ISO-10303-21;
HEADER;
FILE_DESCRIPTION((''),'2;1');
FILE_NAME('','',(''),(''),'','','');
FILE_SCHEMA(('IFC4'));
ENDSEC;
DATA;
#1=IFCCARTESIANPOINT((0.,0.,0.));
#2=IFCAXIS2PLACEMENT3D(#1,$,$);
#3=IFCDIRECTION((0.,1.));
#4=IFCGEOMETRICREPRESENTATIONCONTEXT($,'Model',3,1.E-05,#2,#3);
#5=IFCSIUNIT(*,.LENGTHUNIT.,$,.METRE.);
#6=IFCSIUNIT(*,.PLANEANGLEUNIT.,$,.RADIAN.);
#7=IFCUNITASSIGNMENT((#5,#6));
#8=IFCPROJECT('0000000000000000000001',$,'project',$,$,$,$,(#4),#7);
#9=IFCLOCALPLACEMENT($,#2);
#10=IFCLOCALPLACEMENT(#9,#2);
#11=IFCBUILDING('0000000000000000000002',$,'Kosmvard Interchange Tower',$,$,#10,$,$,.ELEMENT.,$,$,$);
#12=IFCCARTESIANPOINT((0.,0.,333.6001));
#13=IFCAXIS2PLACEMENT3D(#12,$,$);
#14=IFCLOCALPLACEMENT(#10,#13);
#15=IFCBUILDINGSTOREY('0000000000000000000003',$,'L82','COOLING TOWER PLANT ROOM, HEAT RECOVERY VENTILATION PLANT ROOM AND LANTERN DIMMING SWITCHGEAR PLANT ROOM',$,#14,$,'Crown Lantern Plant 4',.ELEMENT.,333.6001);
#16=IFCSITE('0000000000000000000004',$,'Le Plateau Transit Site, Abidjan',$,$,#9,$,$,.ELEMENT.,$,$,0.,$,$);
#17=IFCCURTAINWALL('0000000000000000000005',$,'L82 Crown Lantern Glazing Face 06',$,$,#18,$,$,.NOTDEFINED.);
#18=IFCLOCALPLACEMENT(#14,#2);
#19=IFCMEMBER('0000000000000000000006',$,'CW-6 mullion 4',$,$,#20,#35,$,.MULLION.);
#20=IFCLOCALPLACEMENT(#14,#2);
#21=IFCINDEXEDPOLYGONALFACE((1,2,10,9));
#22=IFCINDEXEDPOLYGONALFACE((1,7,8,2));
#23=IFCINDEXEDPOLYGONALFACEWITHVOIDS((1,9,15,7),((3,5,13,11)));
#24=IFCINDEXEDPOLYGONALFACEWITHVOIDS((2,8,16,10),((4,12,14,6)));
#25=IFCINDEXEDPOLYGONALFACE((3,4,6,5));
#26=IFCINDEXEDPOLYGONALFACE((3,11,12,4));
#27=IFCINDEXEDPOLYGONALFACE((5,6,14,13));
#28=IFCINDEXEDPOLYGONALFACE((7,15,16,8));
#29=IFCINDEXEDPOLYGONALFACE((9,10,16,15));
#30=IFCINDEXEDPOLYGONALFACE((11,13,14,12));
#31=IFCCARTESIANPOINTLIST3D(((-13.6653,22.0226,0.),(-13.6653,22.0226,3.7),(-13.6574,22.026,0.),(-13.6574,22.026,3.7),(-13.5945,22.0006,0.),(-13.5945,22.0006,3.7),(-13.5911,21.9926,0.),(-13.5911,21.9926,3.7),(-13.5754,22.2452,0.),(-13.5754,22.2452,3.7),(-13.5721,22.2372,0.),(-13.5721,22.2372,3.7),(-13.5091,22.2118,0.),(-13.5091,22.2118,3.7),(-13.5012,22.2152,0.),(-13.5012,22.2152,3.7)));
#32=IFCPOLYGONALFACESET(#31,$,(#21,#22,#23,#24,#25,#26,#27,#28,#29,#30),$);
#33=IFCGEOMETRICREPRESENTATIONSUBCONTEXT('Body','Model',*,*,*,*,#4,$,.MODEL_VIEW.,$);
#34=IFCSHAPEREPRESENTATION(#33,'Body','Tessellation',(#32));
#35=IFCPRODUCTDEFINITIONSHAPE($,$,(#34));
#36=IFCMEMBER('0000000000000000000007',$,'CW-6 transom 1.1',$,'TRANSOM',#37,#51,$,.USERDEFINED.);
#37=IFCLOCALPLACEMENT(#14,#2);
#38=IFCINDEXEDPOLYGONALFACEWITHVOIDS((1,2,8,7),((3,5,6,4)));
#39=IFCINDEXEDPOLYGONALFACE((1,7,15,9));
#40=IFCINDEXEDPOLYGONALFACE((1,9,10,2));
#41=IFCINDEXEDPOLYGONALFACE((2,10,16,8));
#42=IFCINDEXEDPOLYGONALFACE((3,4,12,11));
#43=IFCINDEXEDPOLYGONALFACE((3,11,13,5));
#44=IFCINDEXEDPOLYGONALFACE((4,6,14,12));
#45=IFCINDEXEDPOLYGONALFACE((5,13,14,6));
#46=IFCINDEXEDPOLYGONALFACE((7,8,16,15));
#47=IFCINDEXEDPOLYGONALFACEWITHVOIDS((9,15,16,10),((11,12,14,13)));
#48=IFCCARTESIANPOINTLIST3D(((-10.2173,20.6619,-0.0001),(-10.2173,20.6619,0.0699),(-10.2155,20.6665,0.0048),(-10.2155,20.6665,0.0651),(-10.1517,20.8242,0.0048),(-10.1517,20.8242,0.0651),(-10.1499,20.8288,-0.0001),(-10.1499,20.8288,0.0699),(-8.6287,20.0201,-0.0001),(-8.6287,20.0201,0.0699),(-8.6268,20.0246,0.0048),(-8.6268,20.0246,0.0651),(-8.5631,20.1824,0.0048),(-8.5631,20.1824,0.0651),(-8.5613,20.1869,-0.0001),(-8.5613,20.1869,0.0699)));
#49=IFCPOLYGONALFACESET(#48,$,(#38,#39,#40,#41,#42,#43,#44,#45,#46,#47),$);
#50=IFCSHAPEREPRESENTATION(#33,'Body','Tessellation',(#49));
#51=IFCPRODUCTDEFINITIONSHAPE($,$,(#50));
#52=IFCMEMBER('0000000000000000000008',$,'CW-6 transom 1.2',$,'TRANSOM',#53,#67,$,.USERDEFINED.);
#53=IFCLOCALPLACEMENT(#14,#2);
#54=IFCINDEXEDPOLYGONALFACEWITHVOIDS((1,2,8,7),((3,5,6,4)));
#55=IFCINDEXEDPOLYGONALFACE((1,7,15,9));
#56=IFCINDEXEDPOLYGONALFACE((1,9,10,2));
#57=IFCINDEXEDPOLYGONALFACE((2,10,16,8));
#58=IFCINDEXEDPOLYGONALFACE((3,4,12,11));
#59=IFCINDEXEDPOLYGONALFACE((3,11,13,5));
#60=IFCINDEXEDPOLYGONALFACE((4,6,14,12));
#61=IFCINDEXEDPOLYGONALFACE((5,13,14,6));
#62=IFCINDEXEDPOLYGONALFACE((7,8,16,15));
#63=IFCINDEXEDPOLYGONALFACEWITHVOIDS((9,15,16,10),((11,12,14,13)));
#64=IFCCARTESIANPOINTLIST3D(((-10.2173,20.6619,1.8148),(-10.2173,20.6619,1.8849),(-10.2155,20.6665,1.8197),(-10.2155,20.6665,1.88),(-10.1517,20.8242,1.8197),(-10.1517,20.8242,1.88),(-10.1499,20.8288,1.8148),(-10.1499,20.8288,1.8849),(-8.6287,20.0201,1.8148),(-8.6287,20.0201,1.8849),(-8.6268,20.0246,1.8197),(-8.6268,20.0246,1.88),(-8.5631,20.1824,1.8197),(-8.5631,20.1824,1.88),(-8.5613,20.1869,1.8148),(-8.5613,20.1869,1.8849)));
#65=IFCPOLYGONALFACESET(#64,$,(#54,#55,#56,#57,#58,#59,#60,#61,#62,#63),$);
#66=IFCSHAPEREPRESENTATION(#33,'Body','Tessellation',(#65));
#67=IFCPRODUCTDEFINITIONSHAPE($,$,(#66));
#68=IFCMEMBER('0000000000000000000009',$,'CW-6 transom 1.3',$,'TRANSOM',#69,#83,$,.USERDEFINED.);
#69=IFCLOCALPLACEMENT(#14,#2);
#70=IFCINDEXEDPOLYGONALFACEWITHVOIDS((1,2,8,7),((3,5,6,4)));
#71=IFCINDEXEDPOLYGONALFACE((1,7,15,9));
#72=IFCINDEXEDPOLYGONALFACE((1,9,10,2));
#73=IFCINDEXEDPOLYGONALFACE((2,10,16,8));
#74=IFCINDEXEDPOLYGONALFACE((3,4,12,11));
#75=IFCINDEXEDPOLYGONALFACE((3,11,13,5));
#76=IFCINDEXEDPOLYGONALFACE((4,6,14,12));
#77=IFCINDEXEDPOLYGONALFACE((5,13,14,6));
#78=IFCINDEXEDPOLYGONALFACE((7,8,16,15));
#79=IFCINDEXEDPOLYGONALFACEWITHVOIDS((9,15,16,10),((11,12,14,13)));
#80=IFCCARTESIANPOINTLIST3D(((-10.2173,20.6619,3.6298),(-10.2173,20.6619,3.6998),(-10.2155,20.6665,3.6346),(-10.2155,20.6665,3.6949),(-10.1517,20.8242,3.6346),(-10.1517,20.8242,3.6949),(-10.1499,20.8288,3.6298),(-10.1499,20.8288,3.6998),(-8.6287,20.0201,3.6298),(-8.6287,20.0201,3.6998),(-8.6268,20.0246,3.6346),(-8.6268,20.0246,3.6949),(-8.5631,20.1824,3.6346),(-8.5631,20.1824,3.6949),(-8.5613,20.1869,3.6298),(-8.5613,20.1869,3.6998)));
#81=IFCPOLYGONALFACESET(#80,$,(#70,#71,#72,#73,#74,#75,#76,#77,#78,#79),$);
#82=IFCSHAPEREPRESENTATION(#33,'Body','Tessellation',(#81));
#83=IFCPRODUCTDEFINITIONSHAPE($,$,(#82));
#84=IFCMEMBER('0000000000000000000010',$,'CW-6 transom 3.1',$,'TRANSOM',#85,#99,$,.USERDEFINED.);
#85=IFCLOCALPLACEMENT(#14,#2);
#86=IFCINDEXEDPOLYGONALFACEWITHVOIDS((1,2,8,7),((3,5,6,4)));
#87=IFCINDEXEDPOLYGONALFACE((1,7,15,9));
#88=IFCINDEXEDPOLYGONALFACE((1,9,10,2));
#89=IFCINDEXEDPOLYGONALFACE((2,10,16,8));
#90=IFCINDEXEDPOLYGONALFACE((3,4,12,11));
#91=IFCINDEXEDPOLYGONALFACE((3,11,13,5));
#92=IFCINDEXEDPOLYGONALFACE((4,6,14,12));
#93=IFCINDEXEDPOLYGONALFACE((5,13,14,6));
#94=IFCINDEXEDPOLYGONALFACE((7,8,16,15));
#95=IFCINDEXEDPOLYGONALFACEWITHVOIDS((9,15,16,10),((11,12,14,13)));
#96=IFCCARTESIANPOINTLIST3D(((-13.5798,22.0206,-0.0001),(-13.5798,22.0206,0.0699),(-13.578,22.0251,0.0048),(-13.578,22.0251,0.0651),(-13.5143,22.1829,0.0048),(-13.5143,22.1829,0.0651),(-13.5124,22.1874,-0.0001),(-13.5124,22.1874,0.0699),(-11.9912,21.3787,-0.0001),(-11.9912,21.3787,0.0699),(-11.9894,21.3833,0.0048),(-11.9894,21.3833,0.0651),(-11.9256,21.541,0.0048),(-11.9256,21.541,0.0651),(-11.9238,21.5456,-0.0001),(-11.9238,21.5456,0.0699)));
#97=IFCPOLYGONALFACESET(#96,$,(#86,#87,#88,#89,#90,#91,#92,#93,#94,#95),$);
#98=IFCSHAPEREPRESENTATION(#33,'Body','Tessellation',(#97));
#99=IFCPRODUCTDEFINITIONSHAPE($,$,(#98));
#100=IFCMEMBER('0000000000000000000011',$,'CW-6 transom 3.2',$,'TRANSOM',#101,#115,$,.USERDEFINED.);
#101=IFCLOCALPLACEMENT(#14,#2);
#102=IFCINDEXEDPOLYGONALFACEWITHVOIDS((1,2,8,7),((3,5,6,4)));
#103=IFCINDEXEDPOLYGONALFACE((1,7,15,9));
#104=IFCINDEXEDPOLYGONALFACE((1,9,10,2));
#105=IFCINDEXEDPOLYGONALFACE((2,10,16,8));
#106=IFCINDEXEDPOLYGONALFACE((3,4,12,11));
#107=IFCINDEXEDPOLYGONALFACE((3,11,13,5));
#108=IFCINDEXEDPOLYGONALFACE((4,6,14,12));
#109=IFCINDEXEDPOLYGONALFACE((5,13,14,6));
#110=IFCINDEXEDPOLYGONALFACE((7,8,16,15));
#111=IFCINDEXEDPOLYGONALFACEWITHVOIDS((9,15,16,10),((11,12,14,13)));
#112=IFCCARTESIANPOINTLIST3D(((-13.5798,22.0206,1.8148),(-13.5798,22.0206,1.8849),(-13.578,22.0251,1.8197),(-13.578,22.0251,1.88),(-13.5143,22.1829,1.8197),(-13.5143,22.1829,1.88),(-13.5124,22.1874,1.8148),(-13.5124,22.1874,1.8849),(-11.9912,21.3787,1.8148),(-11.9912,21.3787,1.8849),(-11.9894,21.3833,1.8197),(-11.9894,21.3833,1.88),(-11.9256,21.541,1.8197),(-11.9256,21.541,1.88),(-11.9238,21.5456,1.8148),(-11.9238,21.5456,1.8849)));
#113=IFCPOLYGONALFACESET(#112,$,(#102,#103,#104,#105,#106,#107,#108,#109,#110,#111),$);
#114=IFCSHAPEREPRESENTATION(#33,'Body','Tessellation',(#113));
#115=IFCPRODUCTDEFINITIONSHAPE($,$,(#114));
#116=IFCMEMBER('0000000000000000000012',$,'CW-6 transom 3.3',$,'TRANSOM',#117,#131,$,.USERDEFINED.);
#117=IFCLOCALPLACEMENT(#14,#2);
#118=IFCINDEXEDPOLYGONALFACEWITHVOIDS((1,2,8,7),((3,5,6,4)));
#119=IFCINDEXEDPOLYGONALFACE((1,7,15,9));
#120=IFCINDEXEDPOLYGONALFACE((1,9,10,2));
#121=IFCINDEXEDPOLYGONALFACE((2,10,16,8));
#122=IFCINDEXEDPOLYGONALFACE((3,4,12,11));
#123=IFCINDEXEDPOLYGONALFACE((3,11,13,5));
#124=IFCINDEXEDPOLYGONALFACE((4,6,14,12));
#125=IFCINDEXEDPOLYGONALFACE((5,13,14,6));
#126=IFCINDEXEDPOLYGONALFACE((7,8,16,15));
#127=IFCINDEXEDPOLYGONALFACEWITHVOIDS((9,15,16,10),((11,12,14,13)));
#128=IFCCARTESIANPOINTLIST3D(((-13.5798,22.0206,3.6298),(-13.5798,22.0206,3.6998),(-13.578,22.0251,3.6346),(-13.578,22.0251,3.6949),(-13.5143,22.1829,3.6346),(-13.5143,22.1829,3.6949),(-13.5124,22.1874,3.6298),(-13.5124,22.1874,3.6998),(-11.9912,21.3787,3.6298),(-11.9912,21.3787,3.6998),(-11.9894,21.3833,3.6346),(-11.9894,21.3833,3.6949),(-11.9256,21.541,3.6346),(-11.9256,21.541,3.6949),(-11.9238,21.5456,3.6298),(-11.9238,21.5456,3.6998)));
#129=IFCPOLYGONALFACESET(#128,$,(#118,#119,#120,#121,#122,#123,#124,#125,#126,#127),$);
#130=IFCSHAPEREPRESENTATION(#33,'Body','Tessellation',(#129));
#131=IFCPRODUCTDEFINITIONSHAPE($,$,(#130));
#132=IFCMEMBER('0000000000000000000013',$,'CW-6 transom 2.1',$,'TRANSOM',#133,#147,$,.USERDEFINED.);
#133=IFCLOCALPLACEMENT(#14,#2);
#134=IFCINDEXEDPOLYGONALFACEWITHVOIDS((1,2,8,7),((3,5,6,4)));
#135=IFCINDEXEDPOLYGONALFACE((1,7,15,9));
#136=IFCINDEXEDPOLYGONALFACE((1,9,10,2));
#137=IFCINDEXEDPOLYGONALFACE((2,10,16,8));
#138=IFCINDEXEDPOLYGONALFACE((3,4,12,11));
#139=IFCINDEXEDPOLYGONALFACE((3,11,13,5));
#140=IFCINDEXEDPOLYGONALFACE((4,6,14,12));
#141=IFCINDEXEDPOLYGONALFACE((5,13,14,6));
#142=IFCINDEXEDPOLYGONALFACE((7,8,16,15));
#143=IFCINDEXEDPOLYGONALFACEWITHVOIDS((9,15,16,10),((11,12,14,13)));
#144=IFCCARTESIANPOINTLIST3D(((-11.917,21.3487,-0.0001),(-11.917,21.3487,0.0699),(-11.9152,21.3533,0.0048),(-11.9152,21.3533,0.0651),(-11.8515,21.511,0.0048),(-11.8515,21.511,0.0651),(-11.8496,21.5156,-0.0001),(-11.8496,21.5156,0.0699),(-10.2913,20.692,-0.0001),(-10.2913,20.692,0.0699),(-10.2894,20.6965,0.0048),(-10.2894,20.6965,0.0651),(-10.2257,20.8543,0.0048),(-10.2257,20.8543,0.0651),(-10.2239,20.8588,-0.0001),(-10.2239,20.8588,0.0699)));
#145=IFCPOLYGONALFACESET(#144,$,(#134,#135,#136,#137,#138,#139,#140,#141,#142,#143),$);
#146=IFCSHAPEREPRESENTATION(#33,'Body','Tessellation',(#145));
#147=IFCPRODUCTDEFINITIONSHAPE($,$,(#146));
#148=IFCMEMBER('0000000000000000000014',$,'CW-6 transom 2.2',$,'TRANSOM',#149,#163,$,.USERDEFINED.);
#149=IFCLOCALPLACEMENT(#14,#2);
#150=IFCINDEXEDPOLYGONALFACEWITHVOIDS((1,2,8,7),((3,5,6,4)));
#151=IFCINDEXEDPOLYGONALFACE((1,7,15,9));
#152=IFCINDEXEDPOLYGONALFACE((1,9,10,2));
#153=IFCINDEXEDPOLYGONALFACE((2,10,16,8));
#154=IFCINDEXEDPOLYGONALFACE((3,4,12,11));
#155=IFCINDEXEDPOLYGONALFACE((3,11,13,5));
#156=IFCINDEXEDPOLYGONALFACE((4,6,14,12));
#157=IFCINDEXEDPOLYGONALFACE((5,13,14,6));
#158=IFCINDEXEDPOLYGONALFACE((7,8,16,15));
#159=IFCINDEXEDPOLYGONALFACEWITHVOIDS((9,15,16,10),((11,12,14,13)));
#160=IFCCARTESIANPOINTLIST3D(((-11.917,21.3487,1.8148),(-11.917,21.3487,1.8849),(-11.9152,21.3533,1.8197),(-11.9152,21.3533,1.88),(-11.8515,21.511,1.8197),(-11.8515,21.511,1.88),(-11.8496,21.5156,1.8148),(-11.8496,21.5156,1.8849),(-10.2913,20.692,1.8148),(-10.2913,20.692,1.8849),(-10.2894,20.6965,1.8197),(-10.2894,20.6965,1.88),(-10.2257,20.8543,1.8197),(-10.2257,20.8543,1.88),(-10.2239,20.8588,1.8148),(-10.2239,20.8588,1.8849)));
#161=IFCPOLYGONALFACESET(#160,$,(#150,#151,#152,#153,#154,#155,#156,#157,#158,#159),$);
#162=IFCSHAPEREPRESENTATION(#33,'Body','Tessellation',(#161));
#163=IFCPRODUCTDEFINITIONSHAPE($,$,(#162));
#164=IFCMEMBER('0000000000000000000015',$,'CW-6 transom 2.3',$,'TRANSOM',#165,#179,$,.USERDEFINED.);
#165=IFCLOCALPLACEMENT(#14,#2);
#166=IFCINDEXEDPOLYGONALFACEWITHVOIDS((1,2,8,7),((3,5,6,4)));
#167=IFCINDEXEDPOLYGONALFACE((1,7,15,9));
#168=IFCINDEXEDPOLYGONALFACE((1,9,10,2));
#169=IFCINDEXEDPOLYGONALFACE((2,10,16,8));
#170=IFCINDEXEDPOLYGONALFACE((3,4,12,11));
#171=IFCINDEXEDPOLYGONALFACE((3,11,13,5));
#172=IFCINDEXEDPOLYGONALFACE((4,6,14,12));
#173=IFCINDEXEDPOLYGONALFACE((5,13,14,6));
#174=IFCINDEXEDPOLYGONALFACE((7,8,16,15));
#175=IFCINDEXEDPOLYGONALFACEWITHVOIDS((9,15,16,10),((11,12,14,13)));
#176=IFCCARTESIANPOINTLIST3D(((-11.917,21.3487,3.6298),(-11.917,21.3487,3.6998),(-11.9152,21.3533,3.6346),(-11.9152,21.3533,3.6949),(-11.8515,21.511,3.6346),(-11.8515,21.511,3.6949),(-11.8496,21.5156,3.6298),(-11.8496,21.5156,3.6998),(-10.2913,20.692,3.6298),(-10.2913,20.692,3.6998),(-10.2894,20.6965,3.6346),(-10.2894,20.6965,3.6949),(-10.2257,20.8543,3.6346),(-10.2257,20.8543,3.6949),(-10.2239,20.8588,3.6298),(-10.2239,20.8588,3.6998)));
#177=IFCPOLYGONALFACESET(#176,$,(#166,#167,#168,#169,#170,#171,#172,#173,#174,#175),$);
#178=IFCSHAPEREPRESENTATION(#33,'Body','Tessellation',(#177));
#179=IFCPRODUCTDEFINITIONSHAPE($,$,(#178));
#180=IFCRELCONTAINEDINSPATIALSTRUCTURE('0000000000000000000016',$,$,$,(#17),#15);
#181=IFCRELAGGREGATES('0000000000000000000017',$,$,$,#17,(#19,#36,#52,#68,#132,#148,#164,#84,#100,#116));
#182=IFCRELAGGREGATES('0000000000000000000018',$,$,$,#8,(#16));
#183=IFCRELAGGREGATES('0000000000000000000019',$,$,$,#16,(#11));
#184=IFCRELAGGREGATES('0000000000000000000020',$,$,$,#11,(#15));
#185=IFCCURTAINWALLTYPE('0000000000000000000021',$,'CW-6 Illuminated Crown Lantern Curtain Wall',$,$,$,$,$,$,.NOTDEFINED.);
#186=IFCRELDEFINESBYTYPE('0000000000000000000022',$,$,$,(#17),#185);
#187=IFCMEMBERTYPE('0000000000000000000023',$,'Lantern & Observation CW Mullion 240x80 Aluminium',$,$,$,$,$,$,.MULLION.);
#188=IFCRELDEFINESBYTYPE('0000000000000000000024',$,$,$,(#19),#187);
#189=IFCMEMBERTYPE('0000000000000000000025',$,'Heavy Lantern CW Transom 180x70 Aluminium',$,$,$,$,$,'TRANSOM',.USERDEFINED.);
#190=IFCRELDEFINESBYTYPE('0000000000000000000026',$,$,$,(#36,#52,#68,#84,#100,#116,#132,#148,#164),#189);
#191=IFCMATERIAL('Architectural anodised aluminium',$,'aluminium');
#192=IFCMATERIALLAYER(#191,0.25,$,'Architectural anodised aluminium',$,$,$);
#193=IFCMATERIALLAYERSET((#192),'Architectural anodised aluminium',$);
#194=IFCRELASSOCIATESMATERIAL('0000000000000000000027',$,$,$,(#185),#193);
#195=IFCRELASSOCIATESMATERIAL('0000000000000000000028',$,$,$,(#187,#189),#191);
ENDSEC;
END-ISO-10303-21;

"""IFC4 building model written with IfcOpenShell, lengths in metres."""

from ifc_helpers import new_model, si_unit, direction, frame, origin, origin_2d, place, context, subcontext, project, spatial, hollow_rectangle, extrude, source, transform, mapped, material, layer, layer_set, material_profile, profile_set, type_object, element, aggregate, save


model = new_model("IFC4")

# Units and contexts
model_context = context("Model", 3, precision=1e-05, world=origin(), true_north=direction((0.0, 1.0)))
body_context = subcontext(model_context, "Body", "Model", "MODEL_VIEW")
ifc_project = project(units=[si_unit("LENGTHUNIT", "METRE"), si_unit("PLANEANGLEUNIT", "RADIAN")], contexts=[model_context])

# Site, building, storey
site_placement = place(None, origin())
site = spatial("IfcSite", under=ifc_project, at=site_placement, Name="Le Plateau Transit Site, Abidjan", CompositionType="ELEMENT", RefElevation=0.0)
building_placement = place(site_placement, origin())
building = spatial("IfcBuilding", under=site, at=building_placement, Name="Kosmvard Interchange Tower", CompositionType="ELEMENT")
storey_placement = place(building_placement, frame((0.0, 0.0, 333.6001)))
storey = spatial("IfcBuildingStorey", under=building, at=storey_placement, Name="L82", Description="COOLING TOWER PLANT ROOM, HEAT RECOVERY VENTILATION PLANT ROOM AND LANTERN DIMMING SWITCHGEAR PLANT ROOM", LongName="Crown Lantern Plant 4", CompositionType="ELEMENT", Elevation=333.6001)

# Curtain wall, members
ifc_material_1 = material(Name="Architectural anodised aluminium", Category="aluminium")
ifc_layer_1 = layer(ifc_material_1, 0.25, Name="Architectural anodised aluminium")
ifc_layer_set_1 = layer_set([ifc_layer_1], Name="Architectural anodised aluminium")
curtain_wall_type = type_object("IfcCurtainWallType", Name="CW-6 Illuminated Crown Lantern Curtain Wall", PredefinedType="NOTDEFINED", material=ifc_layer_set_1)
curtain_wall_placement = place(storey_placement, origin())
curtain_wall = element("IfcCurtainWall", 1, at=curtain_wall_placement, inside=storey, type_object=curtain_wall_type, Name="L82 Crown Lantern Glazing Face 06", PredefinedType="NOTDEFINED")
ifc_material_profile_1 = material_profile(ifc_material_1, hollow_rectangle(XDim=0.24, YDim=0.0801, WallThickness=0.0061, at=origin_2d()), Name="CWM 240x80x6")
ifc_profile_set_1 = profile_set([ifc_material_profile_1], Name="Architectural anodised aluminium")
member_type_1 = type_object("IfcMemberType", Name="Lantern & Observation CW Mullion 240x80 Aluminium", PredefinedType="MULLION", material=ifc_profile_set_1)
shared_shape_1 = source(origin(), body_context, "Body", "SweptSolid", [
    extrude(hollow_rectangle(XDim=0.24, YDim=0.0801, WallThickness=0.0061, at=origin_2d()), origin(), (0.0, 0.0, 1.0), 3.7),
])
member_1_placement = place(storey_placement, frame((-13.5833, 22.1189, 0.0), z_axis=(0.0, 0.0, 1.0), x_axis=(-0.374607, -0.927184, 0.0)))
member_1 = element("IfcMember", 2, at=member_1_placement, type_object=member_type_1, Name="CW-6 mullion 4", PredefinedType="MULLION", context=body_context, shape_type="MappedRepresentation", body=[
    mapped(shared_shape_1, transform((0.0, 0.0, 0.0), scale=1.0)),
])
ifc_material_profile_2 = material_profile(ifc_material_1, hollow_rectangle(XDim=0.1799, YDim=0.0701, WallThickness=0.0049, at=origin_2d()), Name="CWT 180x70x5")
ifc_profile_set_2 = profile_set([ifc_material_profile_2], Name="Architectural anodised aluminium")
member_type_2 = type_object("IfcMemberType", Name="Heavy Lantern CW Transom 180x70 Aluminium", ElementType="TRANSOM", PredefinedType="USERDEFINED", material=ifc_profile_set_2)
shared_shape_2 = source(origin(), body_context, "Body", "SweptSolid", [
    extrude(hollow_rectangle(XDim=0.1799, YDim=0.0701, WallThickness=0.0049, at=origin_2d()), origin(), (0.0, 0.0, 1.0), 1.7134),
])
member_2_placement = place(storey_placement, frame((-8.595, 20.1035, 0.0349), z_axis=(-0.927184, 0.374607, 0.0), x_axis=(-0.374607, -0.927184, 0.0)))
member_2 = element("IfcMember", 3, at=member_2_placement, type_object=member_type_2, Name="CW-6 transom 1.1", ObjectType="TRANSOM", PredefinedType="USERDEFINED", context=body_context, shape_type="MappedRepresentation", body=[
    mapped(shared_shape_2, transform((0.0, 0.0, 0.0), scale=1.0)),
])
member_3_placement = place(storey_placement, frame((-8.595, 20.1035, 1.8499), z_axis=(-0.927184, 0.374607, 0.0), x_axis=(-0.374607, -0.927184, 0.0)))
member_3 = element("IfcMember", 4, at=member_3_placement, type_object=member_type_2, Name="CW-6 transom 1.2", ObjectType="TRANSOM", PredefinedType="USERDEFINED", context=body_context, shape_type="MappedRepresentation", body=[
    mapped(shared_shape_2, transform((0.0, 0.0, 0.0), scale=1.0)),
])
member_4_placement = place(storey_placement, frame((-8.595, 20.1035, 3.6648), z_axis=(-0.927184, 0.374607, 0.0), x_axis=(-0.374607, -0.927184, 0.0)))
member_4 = element("IfcMember", 5, at=member_4_placement, type_object=member_type_2, Name="CW-6 transom 1.3", ObjectType="TRANSOM", PredefinedType="USERDEFINED", context=body_context, shape_type="MappedRepresentation", body=[
    mapped(shared_shape_2, transform((0.0, 0.0, 0.0), scale=1.0)),
])
member_5_placement = place(storey_placement, frame((-11.9575, 21.4622, 0.0349), z_axis=(-0.927184, 0.374607, 0.0), x_axis=(-0.374607, -0.927184, 0.0)))
member_5 = element("IfcMember", 6, at=member_5_placement, type_object=member_type_2, Name="CW-6 transom 3.1", ObjectType="TRANSOM", PredefinedType="USERDEFINED", context=body_context, shape_type="MappedRepresentation", body=[
    mapped(shared_shape_2, transform((0.0, 0.0, 0.0), scale=1.0)),
])
member_6_placement = place(storey_placement, frame((-11.9575, 21.4622, 1.8499), z_axis=(-0.927184, 0.374607, 0.0), x_axis=(-0.374607, -0.927184, 0.0)))
member_6 = element("IfcMember", 7, at=member_6_placement, type_object=member_type_2, Name="CW-6 transom 3.2", ObjectType="TRANSOM", PredefinedType="USERDEFINED", context=body_context, shape_type="MappedRepresentation", body=[
    mapped(shared_shape_2, transform((0.0, 0.0, 0.0), scale=1.0)),
])
member_7_placement = place(storey_placement, frame((-11.9575, 21.4622, 3.6648), z_axis=(-0.927184, 0.374607, 0.0), x_axis=(-0.374607, -0.927184, 0.0)))
member_7 = element("IfcMember", 8, at=member_7_placement, type_object=member_type_2, Name="CW-6 transom 3.3", ObjectType="TRANSOM", PredefinedType="USERDEFINED", context=body_context, shape_type="MappedRepresentation", body=[
    mapped(shared_shape_2, transform((0.0, 0.0, 0.0), scale=1.0)),
])
shared_shape_3 = source(origin(), body_context, "Body", "SweptSolid", [
    extrude(hollow_rectangle(XDim=0.1799, YDim=0.0701, WallThickness=0.0049, at=origin_2d()), origin(), (0.0, 0.0, 1.0), 1.7534),
])
member_8_placement = place(storey_placement, frame((-10.2576, 20.7754, 0.0349), z_axis=(-0.927204, 0.374557, 0.0), x_axis=(-0.374557, -0.927204, 0.0)))
member_8 = element("IfcMember", 9, at=member_8_placement, type_object=member_type_2, Name="CW-6 transom 2.1", ObjectType="TRANSOM", PredefinedType="USERDEFINED", context=body_context, shape_type="MappedRepresentation", body=[
    mapped(shared_shape_3, transform((0.0, 0.0, 0.0), scale=1.0)),
])
member_9_placement = place(storey_placement, frame((-10.2576, 20.7754, 1.8499), z_axis=(-0.927204, 0.374557, 0.0), x_axis=(-0.374557, -0.927204, 0.0)))
member_9 = element("IfcMember", 10, at=member_9_placement, type_object=member_type_2, Name="CW-6 transom 2.2", ObjectType="TRANSOM", PredefinedType="USERDEFINED", context=body_context, shape_type="MappedRepresentation", body=[
    mapped(shared_shape_3, transform((0.0, 0.0, 0.0), scale=1.0)),
])
member_10_placement = place(storey_placement, frame((-10.2576, 20.7754, 3.6648), z_axis=(-0.927204, 0.374557, 0.0), x_axis=(-0.374557, -0.927204, 0.0)))
member_10 = element("IfcMember", 11, at=member_10_placement, type_object=member_type_2, Name="CW-6 transom 2.3", ObjectType="TRANSOM", PredefinedType="USERDEFINED", context=body_context, shape_type="MappedRepresentation", body=[
    mapped(shared_shape_3, transform((0.0, 0.0, 0.0), scale=1.0)),
])

aggregate(curtain_wall, [member_1, member_2, member_3, member_4, member_8, member_9, member_10, member_5, member_6, member_7])

save(model, "model.ifc")
